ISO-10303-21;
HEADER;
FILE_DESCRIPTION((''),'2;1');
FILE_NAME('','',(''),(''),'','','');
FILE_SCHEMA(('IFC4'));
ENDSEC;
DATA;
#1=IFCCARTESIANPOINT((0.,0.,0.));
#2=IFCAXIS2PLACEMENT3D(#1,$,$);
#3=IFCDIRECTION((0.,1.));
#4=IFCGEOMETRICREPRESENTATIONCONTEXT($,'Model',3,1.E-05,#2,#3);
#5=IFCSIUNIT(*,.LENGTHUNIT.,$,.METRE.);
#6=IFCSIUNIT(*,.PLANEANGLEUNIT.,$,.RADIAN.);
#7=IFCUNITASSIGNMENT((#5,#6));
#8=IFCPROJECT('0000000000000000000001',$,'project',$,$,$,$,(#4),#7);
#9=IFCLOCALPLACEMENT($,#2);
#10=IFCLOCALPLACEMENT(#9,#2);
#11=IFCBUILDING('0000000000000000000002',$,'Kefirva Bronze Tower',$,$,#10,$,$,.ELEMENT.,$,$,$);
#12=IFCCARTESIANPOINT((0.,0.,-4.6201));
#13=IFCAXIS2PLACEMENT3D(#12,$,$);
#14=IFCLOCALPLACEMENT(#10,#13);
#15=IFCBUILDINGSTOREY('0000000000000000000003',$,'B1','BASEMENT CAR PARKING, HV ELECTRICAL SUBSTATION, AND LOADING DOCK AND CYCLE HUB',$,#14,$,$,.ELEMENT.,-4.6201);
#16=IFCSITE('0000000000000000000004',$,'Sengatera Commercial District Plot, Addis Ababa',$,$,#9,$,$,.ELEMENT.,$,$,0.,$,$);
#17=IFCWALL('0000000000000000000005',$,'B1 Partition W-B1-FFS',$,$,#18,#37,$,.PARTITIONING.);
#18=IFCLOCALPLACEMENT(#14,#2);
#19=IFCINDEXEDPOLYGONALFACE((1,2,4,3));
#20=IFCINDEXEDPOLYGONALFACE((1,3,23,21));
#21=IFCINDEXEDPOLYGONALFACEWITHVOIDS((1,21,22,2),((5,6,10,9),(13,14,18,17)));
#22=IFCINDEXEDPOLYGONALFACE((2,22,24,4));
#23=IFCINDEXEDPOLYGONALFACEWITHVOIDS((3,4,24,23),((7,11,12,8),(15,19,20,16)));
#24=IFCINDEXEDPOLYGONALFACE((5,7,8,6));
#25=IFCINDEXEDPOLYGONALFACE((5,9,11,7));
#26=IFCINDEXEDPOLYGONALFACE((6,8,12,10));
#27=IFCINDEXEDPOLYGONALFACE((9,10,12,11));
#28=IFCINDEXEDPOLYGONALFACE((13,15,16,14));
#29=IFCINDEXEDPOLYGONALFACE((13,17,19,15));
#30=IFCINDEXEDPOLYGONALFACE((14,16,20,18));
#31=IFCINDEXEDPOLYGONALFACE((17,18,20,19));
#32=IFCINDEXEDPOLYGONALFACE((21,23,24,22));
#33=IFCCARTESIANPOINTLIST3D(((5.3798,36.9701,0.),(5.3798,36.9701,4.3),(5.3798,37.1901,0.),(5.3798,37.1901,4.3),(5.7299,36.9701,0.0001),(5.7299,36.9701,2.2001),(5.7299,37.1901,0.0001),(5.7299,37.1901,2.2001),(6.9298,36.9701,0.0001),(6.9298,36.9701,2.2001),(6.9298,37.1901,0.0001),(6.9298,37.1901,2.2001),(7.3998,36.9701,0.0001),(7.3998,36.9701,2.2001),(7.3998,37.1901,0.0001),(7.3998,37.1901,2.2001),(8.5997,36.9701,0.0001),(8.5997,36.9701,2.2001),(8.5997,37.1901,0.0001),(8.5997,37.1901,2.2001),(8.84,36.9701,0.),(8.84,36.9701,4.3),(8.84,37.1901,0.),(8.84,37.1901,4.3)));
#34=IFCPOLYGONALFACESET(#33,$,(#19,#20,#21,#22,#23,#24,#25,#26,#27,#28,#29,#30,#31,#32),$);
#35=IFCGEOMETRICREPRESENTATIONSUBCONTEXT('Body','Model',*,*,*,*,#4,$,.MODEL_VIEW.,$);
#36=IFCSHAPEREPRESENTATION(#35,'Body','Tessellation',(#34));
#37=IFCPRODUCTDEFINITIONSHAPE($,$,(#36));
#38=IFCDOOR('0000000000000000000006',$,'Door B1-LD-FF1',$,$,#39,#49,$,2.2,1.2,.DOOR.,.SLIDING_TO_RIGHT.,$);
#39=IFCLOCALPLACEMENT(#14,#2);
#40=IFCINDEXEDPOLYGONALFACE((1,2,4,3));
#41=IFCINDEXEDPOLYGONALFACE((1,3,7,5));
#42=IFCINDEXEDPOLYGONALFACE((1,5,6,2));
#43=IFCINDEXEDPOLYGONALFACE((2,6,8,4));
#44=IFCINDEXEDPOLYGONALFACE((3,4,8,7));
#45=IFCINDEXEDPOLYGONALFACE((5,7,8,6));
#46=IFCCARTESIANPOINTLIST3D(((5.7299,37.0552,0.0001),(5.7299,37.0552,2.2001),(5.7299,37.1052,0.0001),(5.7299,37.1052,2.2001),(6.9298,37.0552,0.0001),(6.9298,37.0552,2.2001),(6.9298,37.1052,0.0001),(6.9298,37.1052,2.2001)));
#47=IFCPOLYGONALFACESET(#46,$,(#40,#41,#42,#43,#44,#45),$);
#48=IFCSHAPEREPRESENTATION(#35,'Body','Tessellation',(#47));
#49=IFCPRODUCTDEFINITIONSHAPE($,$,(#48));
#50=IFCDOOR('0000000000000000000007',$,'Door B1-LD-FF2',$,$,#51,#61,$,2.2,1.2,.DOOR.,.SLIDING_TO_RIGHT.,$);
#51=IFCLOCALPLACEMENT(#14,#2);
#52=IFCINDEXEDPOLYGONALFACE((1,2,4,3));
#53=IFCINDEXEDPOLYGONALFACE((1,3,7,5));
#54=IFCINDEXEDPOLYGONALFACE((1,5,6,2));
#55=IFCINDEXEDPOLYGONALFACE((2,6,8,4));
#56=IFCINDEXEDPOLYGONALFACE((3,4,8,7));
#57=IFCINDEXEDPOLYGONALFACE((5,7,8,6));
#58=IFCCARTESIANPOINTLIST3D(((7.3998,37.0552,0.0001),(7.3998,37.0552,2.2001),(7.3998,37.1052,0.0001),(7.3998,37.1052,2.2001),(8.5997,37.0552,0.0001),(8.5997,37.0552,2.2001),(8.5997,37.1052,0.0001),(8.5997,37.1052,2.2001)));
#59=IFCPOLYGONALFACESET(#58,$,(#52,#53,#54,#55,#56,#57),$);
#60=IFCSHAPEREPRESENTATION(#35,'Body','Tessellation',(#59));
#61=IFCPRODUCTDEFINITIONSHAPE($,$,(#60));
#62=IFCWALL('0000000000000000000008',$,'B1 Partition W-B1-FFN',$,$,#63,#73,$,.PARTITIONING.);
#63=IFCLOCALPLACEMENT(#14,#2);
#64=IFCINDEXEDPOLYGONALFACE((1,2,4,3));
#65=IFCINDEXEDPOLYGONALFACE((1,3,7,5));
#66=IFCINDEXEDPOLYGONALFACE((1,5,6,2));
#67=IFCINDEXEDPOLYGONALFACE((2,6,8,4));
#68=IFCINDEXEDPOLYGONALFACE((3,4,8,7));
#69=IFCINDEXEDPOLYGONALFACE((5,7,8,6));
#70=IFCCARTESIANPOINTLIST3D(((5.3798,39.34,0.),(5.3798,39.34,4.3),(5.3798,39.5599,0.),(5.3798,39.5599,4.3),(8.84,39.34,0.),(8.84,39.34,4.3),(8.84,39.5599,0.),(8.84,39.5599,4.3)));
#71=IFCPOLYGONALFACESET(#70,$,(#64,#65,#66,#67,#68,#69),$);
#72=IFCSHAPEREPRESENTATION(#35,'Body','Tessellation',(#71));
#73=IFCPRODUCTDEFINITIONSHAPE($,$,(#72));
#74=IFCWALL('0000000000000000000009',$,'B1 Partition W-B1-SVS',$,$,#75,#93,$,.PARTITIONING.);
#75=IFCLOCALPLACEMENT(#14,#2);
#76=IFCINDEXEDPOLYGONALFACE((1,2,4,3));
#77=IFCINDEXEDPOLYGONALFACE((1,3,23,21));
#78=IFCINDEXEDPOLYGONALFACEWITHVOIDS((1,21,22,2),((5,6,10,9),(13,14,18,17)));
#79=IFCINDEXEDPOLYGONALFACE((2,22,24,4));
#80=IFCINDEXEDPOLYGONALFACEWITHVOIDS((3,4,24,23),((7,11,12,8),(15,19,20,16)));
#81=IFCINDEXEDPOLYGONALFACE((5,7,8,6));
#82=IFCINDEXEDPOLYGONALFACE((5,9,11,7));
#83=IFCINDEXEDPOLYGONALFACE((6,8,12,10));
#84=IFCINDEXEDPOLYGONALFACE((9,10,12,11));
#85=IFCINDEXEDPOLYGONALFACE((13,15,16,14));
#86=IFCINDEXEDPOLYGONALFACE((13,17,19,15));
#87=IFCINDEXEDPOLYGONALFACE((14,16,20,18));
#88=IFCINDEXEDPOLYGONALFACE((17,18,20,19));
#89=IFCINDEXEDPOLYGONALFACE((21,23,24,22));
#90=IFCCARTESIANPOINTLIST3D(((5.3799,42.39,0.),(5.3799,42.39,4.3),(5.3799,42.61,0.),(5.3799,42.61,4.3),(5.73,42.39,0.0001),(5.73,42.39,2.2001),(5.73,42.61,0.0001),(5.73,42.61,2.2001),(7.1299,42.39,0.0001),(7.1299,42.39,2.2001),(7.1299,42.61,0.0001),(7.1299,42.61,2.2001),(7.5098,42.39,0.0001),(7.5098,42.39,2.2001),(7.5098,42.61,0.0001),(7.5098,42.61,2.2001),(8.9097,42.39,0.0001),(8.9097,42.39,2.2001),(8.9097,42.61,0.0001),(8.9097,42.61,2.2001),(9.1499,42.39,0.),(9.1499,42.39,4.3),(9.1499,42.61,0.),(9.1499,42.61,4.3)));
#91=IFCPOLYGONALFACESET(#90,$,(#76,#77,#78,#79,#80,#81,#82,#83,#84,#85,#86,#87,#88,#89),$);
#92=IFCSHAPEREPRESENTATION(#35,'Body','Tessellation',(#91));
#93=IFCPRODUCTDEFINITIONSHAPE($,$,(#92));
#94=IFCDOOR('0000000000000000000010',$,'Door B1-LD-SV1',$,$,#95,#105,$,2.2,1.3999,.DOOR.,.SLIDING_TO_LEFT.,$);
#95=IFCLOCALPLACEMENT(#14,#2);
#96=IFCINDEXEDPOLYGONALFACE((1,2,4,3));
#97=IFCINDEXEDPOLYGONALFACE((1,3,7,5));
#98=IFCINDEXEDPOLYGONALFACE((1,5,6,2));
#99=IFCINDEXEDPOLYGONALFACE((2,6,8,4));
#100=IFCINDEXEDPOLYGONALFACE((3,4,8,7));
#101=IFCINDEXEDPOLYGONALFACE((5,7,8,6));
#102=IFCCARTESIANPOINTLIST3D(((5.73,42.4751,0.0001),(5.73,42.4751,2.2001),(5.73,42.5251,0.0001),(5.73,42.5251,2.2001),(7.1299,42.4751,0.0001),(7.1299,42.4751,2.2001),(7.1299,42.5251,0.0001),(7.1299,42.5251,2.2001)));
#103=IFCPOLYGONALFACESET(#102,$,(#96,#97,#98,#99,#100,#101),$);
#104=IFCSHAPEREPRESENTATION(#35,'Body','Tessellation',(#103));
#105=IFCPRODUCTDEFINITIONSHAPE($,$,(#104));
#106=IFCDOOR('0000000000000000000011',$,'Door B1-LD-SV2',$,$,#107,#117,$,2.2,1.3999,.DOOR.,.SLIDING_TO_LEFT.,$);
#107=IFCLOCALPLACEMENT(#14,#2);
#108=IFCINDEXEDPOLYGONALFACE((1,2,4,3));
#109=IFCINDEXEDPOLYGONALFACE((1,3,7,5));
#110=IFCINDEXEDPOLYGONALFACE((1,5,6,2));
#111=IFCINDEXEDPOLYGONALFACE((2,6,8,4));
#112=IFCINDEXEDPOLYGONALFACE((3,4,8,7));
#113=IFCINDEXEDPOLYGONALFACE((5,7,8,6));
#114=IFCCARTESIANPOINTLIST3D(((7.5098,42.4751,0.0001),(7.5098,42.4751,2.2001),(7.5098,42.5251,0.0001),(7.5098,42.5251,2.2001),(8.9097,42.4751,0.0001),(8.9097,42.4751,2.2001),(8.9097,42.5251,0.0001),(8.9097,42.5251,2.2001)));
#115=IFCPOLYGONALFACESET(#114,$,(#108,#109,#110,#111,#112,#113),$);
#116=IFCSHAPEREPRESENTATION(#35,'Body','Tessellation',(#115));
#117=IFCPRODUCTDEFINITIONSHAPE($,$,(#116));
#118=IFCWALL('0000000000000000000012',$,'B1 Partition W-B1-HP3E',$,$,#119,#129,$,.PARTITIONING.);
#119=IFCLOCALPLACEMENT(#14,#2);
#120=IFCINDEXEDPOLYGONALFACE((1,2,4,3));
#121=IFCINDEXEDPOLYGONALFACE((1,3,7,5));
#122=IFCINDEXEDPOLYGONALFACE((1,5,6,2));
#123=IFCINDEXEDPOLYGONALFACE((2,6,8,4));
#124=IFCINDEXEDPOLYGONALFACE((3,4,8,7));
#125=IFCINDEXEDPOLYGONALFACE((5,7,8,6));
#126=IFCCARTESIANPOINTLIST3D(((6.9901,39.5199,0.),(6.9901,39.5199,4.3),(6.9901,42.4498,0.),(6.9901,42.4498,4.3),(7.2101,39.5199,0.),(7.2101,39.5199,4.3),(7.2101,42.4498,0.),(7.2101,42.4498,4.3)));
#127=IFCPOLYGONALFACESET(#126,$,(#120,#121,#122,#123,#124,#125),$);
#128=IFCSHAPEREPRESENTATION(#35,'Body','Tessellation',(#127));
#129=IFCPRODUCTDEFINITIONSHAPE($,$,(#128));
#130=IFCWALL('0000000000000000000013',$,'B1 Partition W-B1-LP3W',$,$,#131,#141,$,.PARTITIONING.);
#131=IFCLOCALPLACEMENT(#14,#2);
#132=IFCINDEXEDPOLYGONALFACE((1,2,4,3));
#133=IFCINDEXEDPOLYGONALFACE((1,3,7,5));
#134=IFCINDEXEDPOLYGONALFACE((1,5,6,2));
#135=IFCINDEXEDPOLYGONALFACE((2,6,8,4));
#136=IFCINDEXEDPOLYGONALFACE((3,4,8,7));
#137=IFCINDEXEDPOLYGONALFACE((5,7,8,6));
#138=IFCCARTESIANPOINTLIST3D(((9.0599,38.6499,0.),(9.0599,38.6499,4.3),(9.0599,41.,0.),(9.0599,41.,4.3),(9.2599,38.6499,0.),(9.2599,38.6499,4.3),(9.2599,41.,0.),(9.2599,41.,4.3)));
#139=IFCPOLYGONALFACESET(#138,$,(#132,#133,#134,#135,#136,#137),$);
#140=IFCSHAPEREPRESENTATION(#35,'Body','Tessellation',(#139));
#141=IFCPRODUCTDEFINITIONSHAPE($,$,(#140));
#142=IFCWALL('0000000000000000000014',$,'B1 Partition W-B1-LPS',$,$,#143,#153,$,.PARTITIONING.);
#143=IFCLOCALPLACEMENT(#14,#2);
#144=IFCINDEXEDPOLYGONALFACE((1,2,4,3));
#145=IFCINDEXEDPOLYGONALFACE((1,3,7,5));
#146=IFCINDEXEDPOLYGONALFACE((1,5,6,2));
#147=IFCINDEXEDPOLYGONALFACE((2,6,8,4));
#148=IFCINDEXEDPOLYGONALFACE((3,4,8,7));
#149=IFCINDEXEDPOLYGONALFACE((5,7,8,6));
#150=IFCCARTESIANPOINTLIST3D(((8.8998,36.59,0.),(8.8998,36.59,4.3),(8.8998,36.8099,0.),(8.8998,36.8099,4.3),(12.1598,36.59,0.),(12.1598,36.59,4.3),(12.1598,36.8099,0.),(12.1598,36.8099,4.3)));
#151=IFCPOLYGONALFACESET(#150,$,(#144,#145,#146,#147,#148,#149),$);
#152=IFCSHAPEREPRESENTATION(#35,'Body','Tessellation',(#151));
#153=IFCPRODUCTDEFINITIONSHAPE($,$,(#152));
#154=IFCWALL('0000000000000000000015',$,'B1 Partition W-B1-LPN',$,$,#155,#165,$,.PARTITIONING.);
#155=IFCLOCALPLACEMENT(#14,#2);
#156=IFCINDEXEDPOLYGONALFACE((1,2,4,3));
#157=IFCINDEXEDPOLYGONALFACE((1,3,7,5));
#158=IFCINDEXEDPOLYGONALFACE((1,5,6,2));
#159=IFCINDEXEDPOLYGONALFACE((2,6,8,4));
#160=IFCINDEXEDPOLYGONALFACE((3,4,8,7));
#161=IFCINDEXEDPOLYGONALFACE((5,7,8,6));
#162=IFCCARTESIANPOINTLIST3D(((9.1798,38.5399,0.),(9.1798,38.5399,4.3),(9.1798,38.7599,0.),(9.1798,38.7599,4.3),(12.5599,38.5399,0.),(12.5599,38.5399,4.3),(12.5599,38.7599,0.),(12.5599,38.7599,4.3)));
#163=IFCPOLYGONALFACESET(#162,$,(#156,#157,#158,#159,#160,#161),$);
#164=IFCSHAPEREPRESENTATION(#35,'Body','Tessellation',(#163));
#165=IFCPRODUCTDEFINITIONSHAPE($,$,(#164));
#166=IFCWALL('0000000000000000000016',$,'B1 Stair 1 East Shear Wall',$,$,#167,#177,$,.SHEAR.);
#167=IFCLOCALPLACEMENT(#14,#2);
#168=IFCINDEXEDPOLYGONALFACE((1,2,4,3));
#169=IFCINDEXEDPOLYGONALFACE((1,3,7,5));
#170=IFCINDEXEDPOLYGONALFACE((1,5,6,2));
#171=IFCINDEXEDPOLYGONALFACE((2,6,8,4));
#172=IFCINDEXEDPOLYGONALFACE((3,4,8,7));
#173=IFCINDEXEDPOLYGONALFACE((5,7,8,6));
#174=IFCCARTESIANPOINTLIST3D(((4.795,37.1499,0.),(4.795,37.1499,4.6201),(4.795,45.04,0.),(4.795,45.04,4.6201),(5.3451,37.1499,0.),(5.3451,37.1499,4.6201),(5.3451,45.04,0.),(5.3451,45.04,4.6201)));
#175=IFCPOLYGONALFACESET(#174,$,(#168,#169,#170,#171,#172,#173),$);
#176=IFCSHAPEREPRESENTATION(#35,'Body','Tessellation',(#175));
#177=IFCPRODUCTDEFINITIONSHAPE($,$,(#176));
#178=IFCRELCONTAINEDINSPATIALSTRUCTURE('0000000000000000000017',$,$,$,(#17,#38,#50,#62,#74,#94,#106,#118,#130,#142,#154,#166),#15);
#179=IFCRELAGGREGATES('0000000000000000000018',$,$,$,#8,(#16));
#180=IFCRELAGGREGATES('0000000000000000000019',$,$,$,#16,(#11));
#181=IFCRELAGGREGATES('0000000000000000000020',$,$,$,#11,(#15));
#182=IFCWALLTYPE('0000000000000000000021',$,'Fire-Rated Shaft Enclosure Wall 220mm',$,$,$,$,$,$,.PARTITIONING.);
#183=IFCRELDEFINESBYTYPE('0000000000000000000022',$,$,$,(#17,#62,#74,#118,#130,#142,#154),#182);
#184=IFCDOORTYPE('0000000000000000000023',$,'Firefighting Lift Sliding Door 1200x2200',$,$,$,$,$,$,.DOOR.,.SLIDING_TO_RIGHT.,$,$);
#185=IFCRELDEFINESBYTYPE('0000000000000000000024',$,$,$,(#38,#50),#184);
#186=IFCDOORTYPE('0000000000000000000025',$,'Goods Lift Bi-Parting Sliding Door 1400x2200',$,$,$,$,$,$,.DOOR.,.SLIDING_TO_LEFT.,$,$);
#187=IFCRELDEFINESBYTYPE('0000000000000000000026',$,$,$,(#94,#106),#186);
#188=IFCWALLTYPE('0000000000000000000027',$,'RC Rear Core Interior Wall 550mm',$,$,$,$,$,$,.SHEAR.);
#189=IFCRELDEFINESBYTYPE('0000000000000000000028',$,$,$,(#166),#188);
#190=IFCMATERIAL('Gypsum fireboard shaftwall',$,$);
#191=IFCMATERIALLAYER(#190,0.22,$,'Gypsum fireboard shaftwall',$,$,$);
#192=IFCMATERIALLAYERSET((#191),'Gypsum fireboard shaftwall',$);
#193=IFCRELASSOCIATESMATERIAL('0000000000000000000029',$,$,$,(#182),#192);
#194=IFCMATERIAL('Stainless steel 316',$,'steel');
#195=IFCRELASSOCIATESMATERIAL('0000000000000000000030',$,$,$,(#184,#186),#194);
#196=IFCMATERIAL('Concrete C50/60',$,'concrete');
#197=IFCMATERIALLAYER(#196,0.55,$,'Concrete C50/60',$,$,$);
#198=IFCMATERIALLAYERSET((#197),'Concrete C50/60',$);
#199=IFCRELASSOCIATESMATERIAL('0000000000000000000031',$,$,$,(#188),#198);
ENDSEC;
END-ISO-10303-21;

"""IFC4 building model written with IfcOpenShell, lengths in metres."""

from ifc_helpers import new_model, si_unit, direction, frame, frame_2d, origin, place, context, subcontext, project, spatial, rectangle, extrude, material, layer, layer_set, type_object, element, fill, save


model = new_model("IFC4")

# Units and contexts
model_context = context("Model", 3, precision=1e-05, world=origin(), true_north=direction((0.0, 1.0)))
body_context = subcontext(model_context, "Body", "Model", "MODEL_VIEW")
ifc_project = project(units=[si_unit("LENGTHUNIT", "METRE"), si_unit("PLANEANGLEUNIT", "RADIAN")], contexts=[model_context])

# Site, building, storey
site_placement = place(None, origin())
site = spatial("IfcSite", under=ifc_project, at=site_placement, Name="Sengatera Commercial District Plot, Addis Ababa", CompositionType="ELEMENT", RefElevation=0.0)
building_placement = place(site_placement, origin())
building = spatial("IfcBuilding", under=site, at=building_placement, Name="Kefirva Bronze Tower", CompositionType="ELEMENT")
storey_placement = place(building_placement, frame((0.0, 0.0, -4.6201)))
storey = spatial("IfcBuildingStorey", under=building, at=storey_placement, Name="B1", Description="BASEMENT CAR PARKING, HV ELECTRICAL SUBSTATION, AND LOADING DOCK AND CYCLE HUB", CompositionType="ELEMENT", Elevation=-4.6201)

# Wall, openings, doors
ifc_material_1 = material(Name="Gypsum fireboard shaftwall")
ifc_layer_1 = layer(ifc_material_1, 0.22, Name="Gypsum fireboard shaftwall")
ifc_layer_set_1 = layer_set([ifc_layer_1], Name="Gypsum fireboard shaftwall")
wall_type_1 = type_object("IfcWallType", Name="Fire-Rated Shaft Enclosure Wall 220mm", PredefinedType="PARTITIONING", material=ifc_layer_set_1)
wall_1_placement = place(storey_placement, frame((5.3799, 37.0801, 0.0), z_axis=(0.0, 0.0, 1.0), x_axis=(1.0, 0.0, 0.0)))
wall_1 = element("IfcWall", 1, at=wall_1_placement, inside=storey, type_object=wall_type_1, Name="B1 Partition W-B1-FFS", PredefinedType="PARTITIONING", context=body_context, shape_type="SweptSolid", body=[
    extrude(rectangle(XDim=3.4602, YDim=0.22, at=frame_2d((1.73, 0.0))), origin(), (0.0, 0.0, 1.0), 4.3),
])
opening_1_placement = place(wall_1_placement, frame((1.55, 0.0, 0.0), z_axis=(0.0, 0.0, 1.0), x_axis=(-1.0, 0.0, 0.0)))
opening_1 = element("IfcOpeningElement", 2, at=opening_1_placement, cuts=wall_1, PredefinedType="OPENING", context=body_context, shape_type="SweptSolid", body=[
    extrude(rectangle(XDim=1.2, YDim=2.2, at=frame_2d((0.6001, 1.1001))), frame((0.0, 0.1201, 0.0), z_axis=(0.0, -1.0, 0.0), x_axis=(1.0, 0.0, 0.0)), (0.0, 0.0, 1.0), 0.24),
])
opening_2_placement = place(wall_1_placement, frame((3.22, 0.0, 0.0), z_axis=(0.0, 0.0, 1.0), x_axis=(-1.0, 0.0, 0.0)))
opening_2 = element("IfcOpeningElement", 3, at=opening_2_placement, cuts=wall_1, PredefinedType="OPENING", context=body_context, shape_type="SweptSolid", body=[
    extrude(rectangle(XDim=1.2, YDim=2.2, at=frame_2d((0.6001, 1.1001))), frame((0.0, 0.1201, 0.0), z_axis=(0.0, -1.0, 0.0), x_axis=(1.0, 0.0, 0.0)), (0.0, 0.0, 1.0), 0.24),
])
ifc_material_2 = material(Name="Stainless steel 316", Category="steel")
door_type_1 = type_object("IfcDoorType", Name="Firefighting Lift Sliding Door 1200x2200", OperationType="SLIDING_TO_RIGHT", PredefinedType="DOOR", material=ifc_material_2)
door_1_placement = place(opening_1_placement, origin())
door_1 = element("IfcDoor", 4, at=door_1_placement, inside=storey, type_object=door_type_1, Name="Door B1-LD-FF1", OperationType="SLIDING_TO_RIGHT", OverallHeight=2.2, OverallWidth=1.2, PredefinedType="DOOR", context=body_context, shape_type="SweptSolid", body=[
    extrude(rectangle(XDim=1.2, YDim=2.2, at=frame_2d((0.6001, 1.1001))), frame((0.0, 0.0249, 0.0), z_axis=(0.0, -1.0, 0.0), x_axis=(1.0, 0.0, 0.0)), (0.0, 0.0, 1.0), 0.05),
])
fill(opening_1, door_1)
door_2_placement = place(opening_2_placement, origin())
door_2 = element("IfcDoor", 5, at=door_2_placement, inside=storey, type_object=door_type_1, Name="Door B1-LD-FF2", OperationType="SLIDING_TO_RIGHT", OverallHeight=2.2, OverallWidth=1.2, PredefinedType="DOOR", context=body_context, shape_type="SweptSolid", body=[
    extrude(rectangle(XDim=1.2, YDim=2.2, at=frame_2d((0.6001, 1.1001))), frame((0.0, 0.0249, 0.0), z_axis=(0.0, -1.0, 0.0), x_axis=(1.0, 0.0, 0.0)), (0.0, 0.0, 1.0), 0.05),
])
fill(opening_2, door_2)

# Wall
wall_2_placement = place(storey_placement, frame((5.3799, 39.45, 0.0), z_axis=(0.0, 0.0, 1.0), x_axis=(1.0, 0.0, 0.0)))
element("IfcWall", 6, at=wall_2_placement, inside=storey, type_object=wall_type_1, Name="B1 Partition W-B1-FFN", PredefinedType="PARTITIONING", context=body_context, shape_type="SweptSolid", body=[
    extrude(rectangle(XDim=3.4602, YDim=0.22, at=frame_2d((1.73, 0.0))), origin(), (0.0, 0.0, 1.0), 4.3),
])

# Wall, openings, doors
wall_3_placement = place(storey_placement, frame((5.3799, 42.5, 0.0), z_axis=(0.0, 0.0, 1.0), x_axis=(1.0, 0.0, 0.0)))
wall_3 = element("IfcWall", 7, at=wall_3_placement, inside=storey, type_object=wall_type_1, Name="B1 Partition W-B1-SVS", PredefinedType="PARTITIONING", context=body_context, shape_type="SweptSolid", body=[
    extrude(rectangle(XDim=3.77, YDim=0.22, at=frame_2d((1.885, 0.0))), origin(), (0.0, 0.0, 1.0), 4.3),
])
opening_3_placement = place(wall_3_placement, frame((1.75, 0.0, 0.0), z_axis=(0.0, 0.0, 1.0), x_axis=(-1.0, 0.0, 0.0)))
opening_3 = element("IfcOpeningElement", 8, at=opening_3_placement, cuts=wall_3, PredefinedType="OPENING", context=body_context, shape_type="SweptSolid", body=[
    extrude(rectangle(XDim=1.3999, YDim=2.2, at=frame_2d((0.7, 1.1001))), frame((0.0, 0.1201, 0.0), z_axis=(0.0, -1.0, 0.0), x_axis=(1.0, 0.0, 0.0)), (0.0, 0.0, 1.0), 0.24),
])
opening_4_placement = place(wall_3_placement, frame((3.5298, 0.0, 0.0), z_axis=(0.0, 0.0, 1.0), x_axis=(-1.0, 0.0, 0.0)))
opening_4 = element("IfcOpeningElement", 9, at=opening_4_placement, cuts=wall_3, PredefinedType="OPENING", context=body_context, shape_type="SweptSolid", body=[
    extrude(rectangle(XDim=1.3999, YDim=2.2, at=frame_2d((0.7, 1.1001))), frame((0.0, 0.1201, 0.0), z_axis=(0.0, -1.0, 0.0), x_axis=(1.0, 0.0, 0.0)), (0.0, 0.0, 1.0), 0.24),
])
door_type_2 = type_object("IfcDoorType", Name="Goods Lift Bi-Parting Sliding Door 1400x2200", OperationType="SLIDING_TO_LEFT", PredefinedType="DOOR", material=ifc_material_2)
door_3_placement = place(opening_3_placement, origin())
door_3 = element("IfcDoor", 10, at=door_3_placement, inside=storey, type_object=door_type_2, Name="Door B1-LD-SV1", OperationType="SLIDING_TO_LEFT", OverallHeight=2.2, OverallWidth=1.3999, PredefinedType="DOOR", context=body_context, shape_type="SweptSolid", body=[
    extrude(rectangle(XDim=1.3999, YDim=2.2, at=frame_2d((0.7, 1.1001))), frame((0.0, 0.0249, 0.0), z_axis=(0.0, -1.0, 0.0), x_axis=(1.0, 0.0, 0.0)), (0.0, 0.0, 1.0), 0.05),
])
fill(opening_3, door_3)
door_4_placement = place(opening_4_placement, origin())
door_4 = element("IfcDoor", 11, at=door_4_placement, inside=storey, type_object=door_type_2, Name="Door B1-LD-SV2", OperationType="SLIDING_TO_LEFT", OverallHeight=2.2, OverallWidth=1.3999, PredefinedType="DOOR", context=body_context, shape_type="SweptSolid", body=[
    extrude(rectangle(XDim=1.3999, YDim=2.2, at=frame_2d((0.7, 1.1001))), frame((0.0, 0.0249, 0.0), z_axis=(0.0, -1.0, 0.0), x_axis=(1.0, 0.0, 0.0)), (0.0, 0.0, 1.0), 0.05),
])
fill(opening_4, door_4)

# Walls
wall_4_placement = place(storey_placement, frame((7.1001, 39.52, 0.0), z_axis=(0.0, 0.0, 1.0), x_axis=(0.0, 1.0, 0.0)))
element("IfcWall", 12, at=wall_4_placement, inside=storey, type_object=wall_type_1, Name="B1 Partition W-B1-HP3E", PredefinedType="PARTITIONING", context=body_context, shape_type="SweptSolid", body=[
    extrude(rectangle(XDim=2.9299, YDim=0.22, at=frame_2d((1.4648, 0.0))), origin(), (0.0, 0.0, 1.0), 4.3),
])
wall_5_placement = place(storey_placement, frame((9.1599, 38.6499, 0.0), z_axis=(0.0, 0.0, 1.0), x_axis=(0.0, 1.0, 0.0)))
element("IfcWall", 13, at=wall_5_placement, inside=storey, type_object=wall_type_1, Name="B1 Partition W-B1-LP3W", PredefinedType="PARTITIONING", context=body_context, shape_type="SweptSolid", body=[
    extrude(rectangle(XDim=2.3501, YDim=0.2, at=frame_2d((1.175, 0.0))), origin(), (0.0, 0.0, 1.0), 4.3),
])
wall_6_placement = place(storey_placement, frame((8.8999, 36.7, 0.0), z_axis=(0.0, 0.0, 1.0), x_axis=(1.0, 0.0, 0.0)))
element("IfcWall", 14, at=wall_6_placement, inside=storey, type_object=wall_type_1, Name="B1 Partition W-B1-LPS", PredefinedType="PARTITIONING", context=body_context, shape_type="SweptSolid", body=[
    extrude(rectangle(XDim=3.26, YDim=0.22, at=frame_2d((1.6299, 0.0))), origin(), (0.0, 0.0, 1.0), 4.3),
])
wall_7_placement = place(storey_placement, frame((9.1799, 38.6499, 0.0), z_axis=(0.0, 0.0, 1.0), x_axis=(1.0, 0.0, 0.0)))
element("IfcWall", 15, at=wall_7_placement, inside=storey, type_object=wall_type_1, Name="B1 Partition W-B1-LPN", PredefinedType="PARTITIONING", context=body_context, shape_type="SweptSolid", body=[
    extrude(rectangle(XDim=3.3801, YDim=0.22, at=frame_2d((1.6899, 0.0))), origin(), (0.0, 0.0, 1.0), 4.3),
])
ifc_material_3 = material(Name="Concrete C50/60", Category="concrete")
ifc_layer_2 = layer(ifc_material_3, 0.55, Name="Concrete C50/60")
ifc_layer_set_2 = layer_set([ifc_layer_2], Name="Concrete C50/60")
wall_type_2 = type_object("IfcWallType", Name="RC Rear Core Interior Wall 550mm", PredefinedType="SHEAR", material=ifc_layer_set_2)
wall_8_placement = place(storey_placement, frame((5.0701, 37.1499, 0.0), z_axis=(0.0, 0.0, 1.0), x_axis=(0.0, 1.0, 0.0)))
element("IfcWall", 16, at=wall_8_placement, inside=storey, type_object=wall_type_2, Name="B1 Stair 1 East Shear Wall", PredefinedType="SHEAR", context=body_context, shape_type="SweptSolid", body=[
    extrude(rectangle(XDim=7.8901, YDim=0.55, at=frame_2d((3.9451, 0.0))), origin(), (0.0, 0.0, 1.0), 4.6201),
])

save(model, "model.ifc")
